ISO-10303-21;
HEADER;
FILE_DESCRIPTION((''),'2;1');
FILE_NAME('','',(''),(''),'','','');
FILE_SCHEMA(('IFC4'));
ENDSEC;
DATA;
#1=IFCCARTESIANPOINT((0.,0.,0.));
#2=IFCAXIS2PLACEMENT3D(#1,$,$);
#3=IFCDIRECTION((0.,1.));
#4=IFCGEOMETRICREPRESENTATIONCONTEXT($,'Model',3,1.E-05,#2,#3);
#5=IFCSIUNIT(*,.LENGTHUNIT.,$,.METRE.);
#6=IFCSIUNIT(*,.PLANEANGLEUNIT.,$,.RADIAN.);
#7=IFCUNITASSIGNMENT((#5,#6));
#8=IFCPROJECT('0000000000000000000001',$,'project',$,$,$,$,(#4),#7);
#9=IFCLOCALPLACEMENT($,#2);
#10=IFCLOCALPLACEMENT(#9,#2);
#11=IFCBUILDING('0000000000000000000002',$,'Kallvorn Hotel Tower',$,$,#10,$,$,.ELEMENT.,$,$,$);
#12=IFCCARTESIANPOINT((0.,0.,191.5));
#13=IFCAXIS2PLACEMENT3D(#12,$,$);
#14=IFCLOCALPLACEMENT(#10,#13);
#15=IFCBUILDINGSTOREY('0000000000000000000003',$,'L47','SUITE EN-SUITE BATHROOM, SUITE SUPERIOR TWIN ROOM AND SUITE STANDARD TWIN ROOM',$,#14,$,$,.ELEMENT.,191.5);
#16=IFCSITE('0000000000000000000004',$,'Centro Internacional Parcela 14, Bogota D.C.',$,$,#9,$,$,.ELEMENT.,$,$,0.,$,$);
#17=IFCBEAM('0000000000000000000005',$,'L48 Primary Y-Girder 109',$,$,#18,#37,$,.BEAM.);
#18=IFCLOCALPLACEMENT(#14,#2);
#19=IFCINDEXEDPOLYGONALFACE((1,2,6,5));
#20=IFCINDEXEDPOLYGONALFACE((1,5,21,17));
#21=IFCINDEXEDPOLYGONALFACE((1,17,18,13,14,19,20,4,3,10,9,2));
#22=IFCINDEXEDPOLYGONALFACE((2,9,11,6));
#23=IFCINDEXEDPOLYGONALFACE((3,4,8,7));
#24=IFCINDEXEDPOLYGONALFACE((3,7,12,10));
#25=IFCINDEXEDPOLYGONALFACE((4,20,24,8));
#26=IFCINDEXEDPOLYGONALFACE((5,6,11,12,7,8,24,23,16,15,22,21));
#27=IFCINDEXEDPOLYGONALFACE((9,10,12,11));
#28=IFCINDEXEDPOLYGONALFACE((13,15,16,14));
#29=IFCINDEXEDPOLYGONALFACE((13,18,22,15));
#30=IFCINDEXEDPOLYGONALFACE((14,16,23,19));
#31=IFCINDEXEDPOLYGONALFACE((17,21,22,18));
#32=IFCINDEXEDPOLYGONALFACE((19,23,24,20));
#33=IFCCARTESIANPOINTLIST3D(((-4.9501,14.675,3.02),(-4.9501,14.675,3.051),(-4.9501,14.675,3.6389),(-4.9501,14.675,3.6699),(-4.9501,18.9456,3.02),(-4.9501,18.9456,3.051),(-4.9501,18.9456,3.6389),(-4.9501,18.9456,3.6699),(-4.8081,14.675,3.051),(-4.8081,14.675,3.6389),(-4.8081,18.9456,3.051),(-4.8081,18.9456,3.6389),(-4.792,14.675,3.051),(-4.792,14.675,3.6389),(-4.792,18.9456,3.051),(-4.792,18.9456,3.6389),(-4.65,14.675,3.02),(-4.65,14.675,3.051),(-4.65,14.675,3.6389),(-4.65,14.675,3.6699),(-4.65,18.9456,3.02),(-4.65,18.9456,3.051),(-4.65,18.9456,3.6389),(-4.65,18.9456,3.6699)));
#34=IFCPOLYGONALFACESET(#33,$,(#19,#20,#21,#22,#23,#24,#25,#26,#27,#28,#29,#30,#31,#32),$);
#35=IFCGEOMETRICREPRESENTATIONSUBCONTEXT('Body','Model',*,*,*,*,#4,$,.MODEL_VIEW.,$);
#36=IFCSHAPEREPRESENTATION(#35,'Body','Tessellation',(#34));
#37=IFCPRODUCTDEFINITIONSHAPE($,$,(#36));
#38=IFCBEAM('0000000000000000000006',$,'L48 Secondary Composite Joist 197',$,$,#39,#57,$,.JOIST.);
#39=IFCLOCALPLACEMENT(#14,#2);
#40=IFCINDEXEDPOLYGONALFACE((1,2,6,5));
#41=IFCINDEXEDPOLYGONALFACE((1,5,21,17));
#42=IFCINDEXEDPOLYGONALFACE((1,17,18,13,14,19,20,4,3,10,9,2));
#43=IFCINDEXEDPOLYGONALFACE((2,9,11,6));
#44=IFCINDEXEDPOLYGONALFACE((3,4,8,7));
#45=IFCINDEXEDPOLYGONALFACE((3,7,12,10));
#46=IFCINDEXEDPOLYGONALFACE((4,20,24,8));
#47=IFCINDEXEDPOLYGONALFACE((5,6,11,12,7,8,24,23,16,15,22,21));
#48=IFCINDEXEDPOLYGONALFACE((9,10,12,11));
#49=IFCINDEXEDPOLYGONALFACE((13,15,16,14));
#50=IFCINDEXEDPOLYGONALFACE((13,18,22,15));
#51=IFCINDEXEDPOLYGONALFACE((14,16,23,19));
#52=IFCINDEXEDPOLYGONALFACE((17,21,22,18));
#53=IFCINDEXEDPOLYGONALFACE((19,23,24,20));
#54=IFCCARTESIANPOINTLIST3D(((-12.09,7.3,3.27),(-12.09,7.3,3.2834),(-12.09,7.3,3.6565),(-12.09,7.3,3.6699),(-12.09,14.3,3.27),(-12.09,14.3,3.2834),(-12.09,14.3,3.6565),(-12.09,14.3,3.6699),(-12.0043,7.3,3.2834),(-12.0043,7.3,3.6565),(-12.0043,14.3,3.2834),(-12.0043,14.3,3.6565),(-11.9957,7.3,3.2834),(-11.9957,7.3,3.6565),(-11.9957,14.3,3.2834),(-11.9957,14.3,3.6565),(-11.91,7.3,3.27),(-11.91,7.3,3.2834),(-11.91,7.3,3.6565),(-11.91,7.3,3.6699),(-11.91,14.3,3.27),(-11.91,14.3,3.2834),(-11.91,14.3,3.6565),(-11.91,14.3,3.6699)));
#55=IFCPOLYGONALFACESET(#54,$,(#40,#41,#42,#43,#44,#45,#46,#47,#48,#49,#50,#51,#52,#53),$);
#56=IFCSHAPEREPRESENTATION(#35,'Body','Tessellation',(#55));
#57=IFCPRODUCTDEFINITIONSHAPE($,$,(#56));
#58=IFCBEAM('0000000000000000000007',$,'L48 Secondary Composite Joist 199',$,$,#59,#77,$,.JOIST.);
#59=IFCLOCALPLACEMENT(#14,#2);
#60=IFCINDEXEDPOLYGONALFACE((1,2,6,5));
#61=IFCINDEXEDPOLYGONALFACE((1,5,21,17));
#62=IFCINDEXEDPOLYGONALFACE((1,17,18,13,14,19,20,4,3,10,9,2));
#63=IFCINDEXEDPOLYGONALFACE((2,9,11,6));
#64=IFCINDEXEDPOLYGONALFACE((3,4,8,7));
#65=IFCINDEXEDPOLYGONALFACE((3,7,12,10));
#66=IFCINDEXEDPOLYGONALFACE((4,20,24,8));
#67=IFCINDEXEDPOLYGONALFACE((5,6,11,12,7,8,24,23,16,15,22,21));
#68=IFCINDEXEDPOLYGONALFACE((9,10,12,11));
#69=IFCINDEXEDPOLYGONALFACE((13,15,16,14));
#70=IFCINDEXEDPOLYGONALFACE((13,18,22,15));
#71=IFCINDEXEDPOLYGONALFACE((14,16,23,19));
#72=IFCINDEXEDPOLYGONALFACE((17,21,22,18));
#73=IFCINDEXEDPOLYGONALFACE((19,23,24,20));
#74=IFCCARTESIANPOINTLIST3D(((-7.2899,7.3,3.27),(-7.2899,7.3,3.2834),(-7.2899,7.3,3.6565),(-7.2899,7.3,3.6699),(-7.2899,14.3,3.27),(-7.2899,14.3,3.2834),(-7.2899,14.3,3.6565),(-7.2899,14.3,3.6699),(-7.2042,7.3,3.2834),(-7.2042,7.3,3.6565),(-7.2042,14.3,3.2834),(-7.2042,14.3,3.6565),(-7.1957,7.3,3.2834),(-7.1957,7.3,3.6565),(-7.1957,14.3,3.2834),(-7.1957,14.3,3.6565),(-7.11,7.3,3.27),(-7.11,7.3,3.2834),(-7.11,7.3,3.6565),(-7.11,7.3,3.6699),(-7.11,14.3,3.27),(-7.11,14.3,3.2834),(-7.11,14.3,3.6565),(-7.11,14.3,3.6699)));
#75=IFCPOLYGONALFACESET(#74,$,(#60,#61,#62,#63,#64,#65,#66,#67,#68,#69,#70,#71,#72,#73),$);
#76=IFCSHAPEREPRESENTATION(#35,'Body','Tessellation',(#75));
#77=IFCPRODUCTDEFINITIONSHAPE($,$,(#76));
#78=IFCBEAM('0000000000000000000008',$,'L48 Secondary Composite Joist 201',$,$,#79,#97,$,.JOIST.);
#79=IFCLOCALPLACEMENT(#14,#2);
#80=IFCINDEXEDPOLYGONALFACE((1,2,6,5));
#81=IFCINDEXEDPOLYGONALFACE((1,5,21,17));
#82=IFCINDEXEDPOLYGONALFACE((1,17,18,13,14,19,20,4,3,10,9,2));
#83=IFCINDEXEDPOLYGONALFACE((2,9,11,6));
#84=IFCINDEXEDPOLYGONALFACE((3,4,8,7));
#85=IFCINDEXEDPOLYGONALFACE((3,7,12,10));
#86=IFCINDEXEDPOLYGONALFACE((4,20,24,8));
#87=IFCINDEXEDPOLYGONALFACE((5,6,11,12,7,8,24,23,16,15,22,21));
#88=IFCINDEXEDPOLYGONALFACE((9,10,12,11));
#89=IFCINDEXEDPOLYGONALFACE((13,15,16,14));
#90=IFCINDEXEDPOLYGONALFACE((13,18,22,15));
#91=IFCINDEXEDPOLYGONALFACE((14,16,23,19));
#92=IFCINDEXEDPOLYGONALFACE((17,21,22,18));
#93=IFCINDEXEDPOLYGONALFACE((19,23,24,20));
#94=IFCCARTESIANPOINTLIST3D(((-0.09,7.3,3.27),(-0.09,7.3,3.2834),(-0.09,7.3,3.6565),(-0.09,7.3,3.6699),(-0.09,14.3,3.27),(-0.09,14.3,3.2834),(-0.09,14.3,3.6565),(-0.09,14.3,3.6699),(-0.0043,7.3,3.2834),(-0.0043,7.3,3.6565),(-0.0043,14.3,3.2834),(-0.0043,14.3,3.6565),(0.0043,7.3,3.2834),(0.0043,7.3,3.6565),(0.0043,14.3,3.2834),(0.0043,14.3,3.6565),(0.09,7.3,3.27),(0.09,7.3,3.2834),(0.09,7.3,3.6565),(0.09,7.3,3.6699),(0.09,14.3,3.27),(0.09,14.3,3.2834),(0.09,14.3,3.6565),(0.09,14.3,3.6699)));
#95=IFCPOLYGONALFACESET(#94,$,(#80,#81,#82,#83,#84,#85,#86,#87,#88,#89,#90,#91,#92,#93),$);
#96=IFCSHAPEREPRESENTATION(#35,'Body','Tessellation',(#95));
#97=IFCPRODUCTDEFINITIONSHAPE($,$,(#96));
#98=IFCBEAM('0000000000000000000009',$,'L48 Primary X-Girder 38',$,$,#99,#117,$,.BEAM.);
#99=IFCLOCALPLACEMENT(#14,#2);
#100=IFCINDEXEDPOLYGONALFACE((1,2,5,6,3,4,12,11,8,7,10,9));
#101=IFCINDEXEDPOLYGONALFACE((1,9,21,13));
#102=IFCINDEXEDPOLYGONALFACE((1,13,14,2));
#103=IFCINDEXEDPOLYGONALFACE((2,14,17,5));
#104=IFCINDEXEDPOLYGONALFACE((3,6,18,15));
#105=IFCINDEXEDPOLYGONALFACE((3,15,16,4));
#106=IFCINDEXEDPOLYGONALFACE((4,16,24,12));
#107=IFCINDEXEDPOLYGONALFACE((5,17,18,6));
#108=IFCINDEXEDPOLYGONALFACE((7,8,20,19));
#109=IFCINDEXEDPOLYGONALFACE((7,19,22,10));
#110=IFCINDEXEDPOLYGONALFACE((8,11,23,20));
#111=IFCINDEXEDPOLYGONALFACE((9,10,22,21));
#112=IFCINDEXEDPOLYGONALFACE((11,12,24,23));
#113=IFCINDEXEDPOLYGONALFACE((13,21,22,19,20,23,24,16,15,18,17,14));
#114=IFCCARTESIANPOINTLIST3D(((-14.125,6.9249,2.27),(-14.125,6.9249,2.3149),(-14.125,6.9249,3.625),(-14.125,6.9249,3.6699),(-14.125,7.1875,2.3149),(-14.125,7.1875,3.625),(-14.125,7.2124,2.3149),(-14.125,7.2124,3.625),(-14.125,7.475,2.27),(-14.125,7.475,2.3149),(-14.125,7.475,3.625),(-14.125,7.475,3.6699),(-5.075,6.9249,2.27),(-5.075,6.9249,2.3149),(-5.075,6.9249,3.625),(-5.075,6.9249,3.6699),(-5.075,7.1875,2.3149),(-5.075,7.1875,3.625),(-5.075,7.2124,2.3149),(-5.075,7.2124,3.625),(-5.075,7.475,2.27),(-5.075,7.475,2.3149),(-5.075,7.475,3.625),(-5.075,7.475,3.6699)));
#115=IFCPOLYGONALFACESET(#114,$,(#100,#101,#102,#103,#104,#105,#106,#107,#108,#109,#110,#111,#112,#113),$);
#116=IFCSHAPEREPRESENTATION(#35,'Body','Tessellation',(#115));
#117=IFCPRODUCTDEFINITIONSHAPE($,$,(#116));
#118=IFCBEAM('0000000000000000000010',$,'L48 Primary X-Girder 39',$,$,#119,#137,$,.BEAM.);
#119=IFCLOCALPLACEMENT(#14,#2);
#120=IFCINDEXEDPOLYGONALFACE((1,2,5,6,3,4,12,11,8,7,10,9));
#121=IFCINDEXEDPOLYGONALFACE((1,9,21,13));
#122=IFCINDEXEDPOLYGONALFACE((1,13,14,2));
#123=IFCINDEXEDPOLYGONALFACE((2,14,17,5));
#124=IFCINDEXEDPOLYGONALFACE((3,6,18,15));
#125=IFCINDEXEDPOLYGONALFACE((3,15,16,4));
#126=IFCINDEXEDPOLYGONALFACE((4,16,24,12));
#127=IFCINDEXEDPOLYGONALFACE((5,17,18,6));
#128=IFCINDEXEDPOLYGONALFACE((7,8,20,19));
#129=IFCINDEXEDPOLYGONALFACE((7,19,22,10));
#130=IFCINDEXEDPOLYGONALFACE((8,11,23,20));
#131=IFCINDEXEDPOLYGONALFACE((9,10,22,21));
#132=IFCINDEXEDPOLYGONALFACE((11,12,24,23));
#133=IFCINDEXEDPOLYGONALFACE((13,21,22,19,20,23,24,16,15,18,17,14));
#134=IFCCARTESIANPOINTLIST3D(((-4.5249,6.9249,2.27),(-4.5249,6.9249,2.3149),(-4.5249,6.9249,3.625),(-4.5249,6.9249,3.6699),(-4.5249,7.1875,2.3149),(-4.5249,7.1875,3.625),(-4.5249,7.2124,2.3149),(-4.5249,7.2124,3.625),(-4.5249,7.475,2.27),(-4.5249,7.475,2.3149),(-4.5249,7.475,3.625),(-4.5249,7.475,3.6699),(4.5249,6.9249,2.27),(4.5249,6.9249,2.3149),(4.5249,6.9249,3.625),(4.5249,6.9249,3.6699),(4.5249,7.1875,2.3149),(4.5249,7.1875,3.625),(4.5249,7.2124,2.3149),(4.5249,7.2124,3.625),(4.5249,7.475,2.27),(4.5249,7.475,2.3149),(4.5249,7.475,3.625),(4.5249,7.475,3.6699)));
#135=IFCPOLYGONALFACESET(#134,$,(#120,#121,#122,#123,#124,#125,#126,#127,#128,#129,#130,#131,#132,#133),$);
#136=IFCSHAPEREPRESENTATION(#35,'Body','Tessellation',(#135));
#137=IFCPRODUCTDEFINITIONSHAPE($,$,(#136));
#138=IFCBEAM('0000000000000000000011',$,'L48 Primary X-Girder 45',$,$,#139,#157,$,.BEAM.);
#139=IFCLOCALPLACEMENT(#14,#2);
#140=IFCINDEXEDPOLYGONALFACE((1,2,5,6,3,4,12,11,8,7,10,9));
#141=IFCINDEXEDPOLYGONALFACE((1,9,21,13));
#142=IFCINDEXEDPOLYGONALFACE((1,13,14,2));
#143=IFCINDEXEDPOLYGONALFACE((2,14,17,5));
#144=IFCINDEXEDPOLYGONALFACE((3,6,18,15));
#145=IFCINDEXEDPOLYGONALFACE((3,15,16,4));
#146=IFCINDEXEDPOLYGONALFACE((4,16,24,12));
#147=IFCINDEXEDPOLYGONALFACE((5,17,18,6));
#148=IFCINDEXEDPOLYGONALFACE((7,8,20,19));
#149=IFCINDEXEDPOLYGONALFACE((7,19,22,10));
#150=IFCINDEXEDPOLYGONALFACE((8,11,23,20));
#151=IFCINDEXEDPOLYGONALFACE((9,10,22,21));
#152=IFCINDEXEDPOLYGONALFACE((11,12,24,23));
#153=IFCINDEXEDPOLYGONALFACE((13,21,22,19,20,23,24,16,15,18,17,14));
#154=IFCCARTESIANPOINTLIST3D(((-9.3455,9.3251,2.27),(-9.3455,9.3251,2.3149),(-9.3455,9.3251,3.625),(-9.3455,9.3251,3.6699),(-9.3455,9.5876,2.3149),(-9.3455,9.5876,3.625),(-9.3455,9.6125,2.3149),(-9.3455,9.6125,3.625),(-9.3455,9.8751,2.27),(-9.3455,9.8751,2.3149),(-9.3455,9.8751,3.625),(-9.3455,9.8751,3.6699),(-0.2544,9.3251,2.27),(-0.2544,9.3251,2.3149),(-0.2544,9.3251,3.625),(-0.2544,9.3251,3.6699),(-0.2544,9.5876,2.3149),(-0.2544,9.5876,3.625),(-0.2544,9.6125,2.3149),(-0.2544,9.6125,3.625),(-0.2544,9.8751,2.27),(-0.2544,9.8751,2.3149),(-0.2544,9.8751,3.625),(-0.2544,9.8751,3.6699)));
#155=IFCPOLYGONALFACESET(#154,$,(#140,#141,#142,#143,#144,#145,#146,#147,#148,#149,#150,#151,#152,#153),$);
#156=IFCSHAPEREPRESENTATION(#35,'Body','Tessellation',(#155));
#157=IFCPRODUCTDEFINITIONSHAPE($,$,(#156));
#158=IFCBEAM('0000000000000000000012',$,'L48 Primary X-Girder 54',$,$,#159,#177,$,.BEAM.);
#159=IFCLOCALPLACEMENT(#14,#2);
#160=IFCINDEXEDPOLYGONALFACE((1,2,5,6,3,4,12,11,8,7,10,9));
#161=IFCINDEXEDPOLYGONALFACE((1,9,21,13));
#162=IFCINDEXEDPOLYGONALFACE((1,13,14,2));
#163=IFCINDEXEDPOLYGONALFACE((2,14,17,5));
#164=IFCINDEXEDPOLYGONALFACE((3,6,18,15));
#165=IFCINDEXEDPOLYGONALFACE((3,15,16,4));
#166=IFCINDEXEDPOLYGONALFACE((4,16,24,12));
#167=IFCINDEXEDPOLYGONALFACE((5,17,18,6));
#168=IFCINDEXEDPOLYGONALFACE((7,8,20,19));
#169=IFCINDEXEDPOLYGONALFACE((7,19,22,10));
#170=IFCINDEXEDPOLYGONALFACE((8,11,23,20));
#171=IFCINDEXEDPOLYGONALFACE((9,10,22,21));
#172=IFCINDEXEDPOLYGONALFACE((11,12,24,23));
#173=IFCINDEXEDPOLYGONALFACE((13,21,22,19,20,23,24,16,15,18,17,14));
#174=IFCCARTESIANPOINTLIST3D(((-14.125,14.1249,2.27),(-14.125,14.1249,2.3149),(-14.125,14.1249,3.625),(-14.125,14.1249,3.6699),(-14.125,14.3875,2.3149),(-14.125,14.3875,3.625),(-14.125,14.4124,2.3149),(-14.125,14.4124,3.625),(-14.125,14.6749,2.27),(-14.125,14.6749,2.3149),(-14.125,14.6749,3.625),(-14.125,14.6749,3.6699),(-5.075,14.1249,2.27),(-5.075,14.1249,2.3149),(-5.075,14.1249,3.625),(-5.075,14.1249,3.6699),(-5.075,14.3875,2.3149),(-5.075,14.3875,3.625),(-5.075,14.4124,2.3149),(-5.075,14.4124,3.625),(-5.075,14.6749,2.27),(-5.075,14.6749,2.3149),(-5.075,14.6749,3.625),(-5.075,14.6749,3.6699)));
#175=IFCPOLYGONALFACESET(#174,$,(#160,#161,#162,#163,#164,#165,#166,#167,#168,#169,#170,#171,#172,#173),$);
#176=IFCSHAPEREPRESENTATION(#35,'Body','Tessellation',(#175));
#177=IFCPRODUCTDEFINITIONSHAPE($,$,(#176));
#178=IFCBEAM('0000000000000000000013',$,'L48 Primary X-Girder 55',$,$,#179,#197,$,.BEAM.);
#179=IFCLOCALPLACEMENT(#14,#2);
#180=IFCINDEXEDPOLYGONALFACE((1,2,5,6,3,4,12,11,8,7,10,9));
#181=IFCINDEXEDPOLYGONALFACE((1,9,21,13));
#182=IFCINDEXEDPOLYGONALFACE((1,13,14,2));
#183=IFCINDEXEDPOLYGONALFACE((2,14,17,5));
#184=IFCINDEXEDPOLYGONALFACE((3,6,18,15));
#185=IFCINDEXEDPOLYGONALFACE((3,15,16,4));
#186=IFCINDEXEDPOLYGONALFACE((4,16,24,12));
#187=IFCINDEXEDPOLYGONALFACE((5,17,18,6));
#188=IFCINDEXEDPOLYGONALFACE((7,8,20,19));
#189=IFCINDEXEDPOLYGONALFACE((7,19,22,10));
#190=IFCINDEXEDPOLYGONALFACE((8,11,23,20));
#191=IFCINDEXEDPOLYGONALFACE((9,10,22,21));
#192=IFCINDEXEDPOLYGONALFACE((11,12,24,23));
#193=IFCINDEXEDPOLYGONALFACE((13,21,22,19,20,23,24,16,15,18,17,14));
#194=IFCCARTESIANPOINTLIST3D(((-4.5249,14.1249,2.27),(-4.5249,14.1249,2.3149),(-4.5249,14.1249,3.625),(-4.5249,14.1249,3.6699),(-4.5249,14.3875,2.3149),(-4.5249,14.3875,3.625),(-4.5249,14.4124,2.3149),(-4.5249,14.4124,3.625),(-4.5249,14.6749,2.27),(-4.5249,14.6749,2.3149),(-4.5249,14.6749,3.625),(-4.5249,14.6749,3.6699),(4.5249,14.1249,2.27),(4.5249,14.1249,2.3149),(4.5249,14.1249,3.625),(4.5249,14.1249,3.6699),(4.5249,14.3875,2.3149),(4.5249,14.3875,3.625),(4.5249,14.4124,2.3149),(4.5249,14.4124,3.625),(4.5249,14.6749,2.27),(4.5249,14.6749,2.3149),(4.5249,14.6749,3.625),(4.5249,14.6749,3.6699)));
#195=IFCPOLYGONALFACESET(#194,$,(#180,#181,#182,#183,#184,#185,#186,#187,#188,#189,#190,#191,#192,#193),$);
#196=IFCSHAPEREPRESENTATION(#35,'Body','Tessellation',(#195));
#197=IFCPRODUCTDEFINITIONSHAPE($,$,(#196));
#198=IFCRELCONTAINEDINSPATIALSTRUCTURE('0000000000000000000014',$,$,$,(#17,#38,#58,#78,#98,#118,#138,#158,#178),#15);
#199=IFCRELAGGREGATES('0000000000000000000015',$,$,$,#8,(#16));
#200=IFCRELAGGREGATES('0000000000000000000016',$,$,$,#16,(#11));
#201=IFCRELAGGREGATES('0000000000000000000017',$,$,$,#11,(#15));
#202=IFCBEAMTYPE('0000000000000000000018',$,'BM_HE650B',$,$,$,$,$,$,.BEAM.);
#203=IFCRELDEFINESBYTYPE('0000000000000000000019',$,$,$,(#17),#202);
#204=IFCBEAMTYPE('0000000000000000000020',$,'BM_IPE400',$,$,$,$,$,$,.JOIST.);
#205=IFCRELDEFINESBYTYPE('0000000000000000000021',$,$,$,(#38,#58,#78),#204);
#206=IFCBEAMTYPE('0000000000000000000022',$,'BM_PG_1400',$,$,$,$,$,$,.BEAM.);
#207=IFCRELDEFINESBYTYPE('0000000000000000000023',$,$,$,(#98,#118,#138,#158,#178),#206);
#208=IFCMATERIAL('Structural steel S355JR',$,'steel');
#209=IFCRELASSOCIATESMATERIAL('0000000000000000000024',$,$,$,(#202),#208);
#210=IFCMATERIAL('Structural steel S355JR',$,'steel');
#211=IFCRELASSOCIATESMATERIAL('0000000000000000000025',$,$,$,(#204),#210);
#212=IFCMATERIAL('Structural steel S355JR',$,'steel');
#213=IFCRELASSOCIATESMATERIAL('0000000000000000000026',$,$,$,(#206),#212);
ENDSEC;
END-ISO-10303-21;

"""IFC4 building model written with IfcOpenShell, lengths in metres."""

from ifc_helpers import new_model, si_unit, direction, frame, origin, origin_2d, place, context, subcontext, project, spatial, i_section, extrude, material, material_profile, profile_set, type_object, element, save


model = new_model("IFC4")

# Units and contexts
model_context = context("Model", 3, precision=1e-05, world=origin(), true_north=direction((0.0, 1.0)))
body_context = subcontext(model_context, "Body", "Model", "MODEL_VIEW")
ifc_project = project(units=[si_unit("LENGTHUNIT", "METRE"), si_unit("PLANEANGLEUNIT", "RADIAN")], contexts=[model_context])

# Site, building, storey
site_placement = place(None, origin())
site = spatial("IfcSite", under=ifc_project, at=site_placement, Name="Centro Internacional Parcela 14, Bogota D.C.", CompositionType="ELEMENT", RefElevation=0.0)
building_placement = place(site_placement, origin())
building = spatial("IfcBuilding", under=site, at=building_placement, Name="Kallvorn Hotel Tower", CompositionType="ELEMENT")
storey_placement = place(building_placement, frame((0.0, 0.0, 191.5)))
storey = spatial("IfcBuildingStorey", under=building, at=storey_placement, Name="L47", Description="SUITE EN-SUITE BATHROOM, SUITE SUPERIOR TWIN ROOM AND SUITE STANDARD TWIN ROOM", CompositionType="ELEMENT", Elevation=191.5)

# Beams
ifc_material_1 = material(Name="Structural steel S355JR", Category="steel")
ifc_material_profile_1 = material_profile(ifc_material_1, i_section(OverallWidth=0.3, OverallDepth=0.6499, WebThickness=0.0161, FlangeThickness=0.031, at=origin_2d()), Name="HE 650 B")
ifc_profile_set_1 = profile_set([ifc_material_profile_1], Name="Structural steel S355JR")
beam_type_1 = type_object("IfcBeamType", Name="BM_HE650B", PredefinedType="BEAM", material=ifc_profile_set_1)
beam_1_placement = place(storey_placement, frame((-4.8, 14.675, 3.345), z_axis=(0.0, 1.0, 0.0), x_axis=(-1.0, 0.0, 0.0)))
element("IfcBeam", 1, at=beam_1_placement, inside=storey, type_object=beam_type_1, Name="L48 Primary Y-Girder 109", PredefinedType="BEAM", context=body_context, shape_type="SweptSolid", body=[
    extrude(i_section(OverallWidth=0.3, OverallDepth=0.6499, WebThickness=0.0161, FlangeThickness=0.031, at=origin_2d()), origin(), (0.0, 0.0, 1.0), 4.2705),
])
ifc_material_2 = material(Name="Structural steel S355JR", Category="steel")
ifc_material_profile_2 = material_profile(ifc_material_2, i_section(OverallWidth=0.1799, OverallDepth=0.3999, WebThickness=0.0085, FlangeThickness=0.0134, at=origin_2d()), Name="IPE 400")
ifc_profile_set_2 = profile_set([ifc_material_profile_2], Name="Structural steel S355JR")
beam_type_2 = type_object("IfcBeamType", Name="BM_IPE400", PredefinedType="JOIST", material=ifc_profile_set_2)
for number, where, z_axis, x_axis, name in (
    (2, (-12.0, 7.3, 3.47), (0.0, 1.0, 0.0), (-1.0, 0.0, 0.0), "L48 Secondary Composite Joist 197"),
    (3, (-7.2, 7.3, 3.47), (0.0, 1.0, 0.0), (-1.0, 0.0, 0.0), "L48 Secondary Composite Joist 199"),
    (4, (0.0, 7.3, 3.47), (0.0, 1.0, 0.0), (-1.0, 0.0, 0.0), "L48 Secondary Composite Joist 201"),
):
    element("IfcBeam", number, at=place(storey_placement, frame(where, z_axis=z_axis, x_axis=x_axis)), inside=storey, type_object=beam_type_2, Name=name, PredefinedType="JOIST", context=body_context, shape_type="SweptSolid", body=[
        extrude(i_section(OverallWidth=0.1799, OverallDepth=0.3999, WebThickness=0.0085, FlangeThickness=0.0134, at=origin_2d()), origin(), (0.0, 0.0, 1.0), 7.0),
    ])
ifc_material_3 = material(Name="Structural steel S355JR", Category="steel")
ifc_material_profile_3 = material_profile(ifc_material_3, i_section(OverallWidth=0.55, OverallDepth=1.3999, WebThickness=0.0249, FlangeThickness=0.0449, at=origin_2d()), Name="PG 1400x550x25x45")
ifc_profile_set_3 = profile_set([ifc_material_profile_3], Name="Structural steel S355JR")
beam_type_3 = type_object("IfcBeamType", Name="BM_PG_1400", PredefinedType="BEAM", material=ifc_profile_set_3)
beam_2_placement = place(storey_placement, frame((-14.125, 7.2, 2.97), z_axis=(1.0, 0.0, 0.0), x_axis=(0.0, 1.0, 0.0)))
element("IfcBeam", 5, at=beam_2_placement, inside=storey, type_object=beam_type_3, Name="L48 Primary X-Girder 38", PredefinedType="BEAM", context=body_context, shape_type="SweptSolid", body=[
    extrude(i_section(OverallWidth=0.55, OverallDepth=1.3999, WebThickness=0.0249, FlangeThickness=0.0449, at=origin_2d()), origin(), (0.0, 0.0, 1.0), 9.05),
])
beam_3_placement = place(storey_placement, frame((-4.5249, 7.2, 2.97), z_axis=(1.0, 0.0, 0.0), x_axis=(0.0, 1.0, 0.0)))
element("IfcBeam", 6, at=beam_3_placement, inside=storey, type_object=beam_type_3, Name="L48 Primary X-Girder 39", PredefinedType="BEAM", context=body_context, shape_type="SweptSolid", body=[
    extrude(i_section(OverallWidth=0.55, OverallDepth=1.3999, WebThickness=0.0249, FlangeThickness=0.0449, at=origin_2d()), origin(), (0.0, 0.0, 1.0), 9.0498),
])
beam_4_placement = place(storey_placement, frame((-9.3455, 9.6001, 2.97), z_axis=(1.0, 0.0, 0.0), x_axis=(0.0, 1.0, 0.0)))
element("IfcBeam", 7, at=beam_4_placement, inside=storey, type_object=beam_type_3, Name="L48 Primary X-Girder 45", PredefinedType="BEAM", context=body_context, shape_type="SweptSolid", body=[
    extrude(i_section(OverallWidth=0.55, OverallDepth=1.3999, WebThickness=0.0249, FlangeThickness=0.0449, at=origin_2d()), origin(), (0.0, 0.0, 1.0), 9.0911),
])
beam_5_placement = place(storey_placement, frame((-14.125, 14.3999, 2.97), z_axis=(1.0, 0.0, 0.0), x_axis=(0.0, 1.0, 0.0)))
element("IfcBeam", 8, at=beam_5_placement, inside=storey, type_object=beam_type_3, Name="L48 Primary X-Girder 54", PredefinedType="BEAM", context=body_context, shape_type="SweptSolid", body=[
    extrude(i_section(OverallWidth=0.55, OverallDepth=1.3999, WebThickness=0.0249, FlangeThickness=0.0449, at=origin_2d()), origin(), (0.0, 0.0, 1.0), 9.05),
])
beam_6_placement = place(storey_placement, frame((-4.5249, 14.3999, 2.97), z_axis=(1.0, 0.0, 0.0), x_axis=(0.0, 1.0, 0.0)))
element("IfcBeam", 9, at=beam_6_placement, inside=storey, type_object=beam_type_3, Name="L48 Primary X-Girder 55", PredefinedType="BEAM", context=body_context, shape_type="SweptSolid", body=[
    extrude(i_section(OverallWidth=0.55, OverallDepth=1.3999, WebThickness=0.0249, FlangeThickness=0.0449, at=origin_2d()), origin(), (0.0, 0.0, 1.0), 9.0498),
])

save(model, "model.ifc")
